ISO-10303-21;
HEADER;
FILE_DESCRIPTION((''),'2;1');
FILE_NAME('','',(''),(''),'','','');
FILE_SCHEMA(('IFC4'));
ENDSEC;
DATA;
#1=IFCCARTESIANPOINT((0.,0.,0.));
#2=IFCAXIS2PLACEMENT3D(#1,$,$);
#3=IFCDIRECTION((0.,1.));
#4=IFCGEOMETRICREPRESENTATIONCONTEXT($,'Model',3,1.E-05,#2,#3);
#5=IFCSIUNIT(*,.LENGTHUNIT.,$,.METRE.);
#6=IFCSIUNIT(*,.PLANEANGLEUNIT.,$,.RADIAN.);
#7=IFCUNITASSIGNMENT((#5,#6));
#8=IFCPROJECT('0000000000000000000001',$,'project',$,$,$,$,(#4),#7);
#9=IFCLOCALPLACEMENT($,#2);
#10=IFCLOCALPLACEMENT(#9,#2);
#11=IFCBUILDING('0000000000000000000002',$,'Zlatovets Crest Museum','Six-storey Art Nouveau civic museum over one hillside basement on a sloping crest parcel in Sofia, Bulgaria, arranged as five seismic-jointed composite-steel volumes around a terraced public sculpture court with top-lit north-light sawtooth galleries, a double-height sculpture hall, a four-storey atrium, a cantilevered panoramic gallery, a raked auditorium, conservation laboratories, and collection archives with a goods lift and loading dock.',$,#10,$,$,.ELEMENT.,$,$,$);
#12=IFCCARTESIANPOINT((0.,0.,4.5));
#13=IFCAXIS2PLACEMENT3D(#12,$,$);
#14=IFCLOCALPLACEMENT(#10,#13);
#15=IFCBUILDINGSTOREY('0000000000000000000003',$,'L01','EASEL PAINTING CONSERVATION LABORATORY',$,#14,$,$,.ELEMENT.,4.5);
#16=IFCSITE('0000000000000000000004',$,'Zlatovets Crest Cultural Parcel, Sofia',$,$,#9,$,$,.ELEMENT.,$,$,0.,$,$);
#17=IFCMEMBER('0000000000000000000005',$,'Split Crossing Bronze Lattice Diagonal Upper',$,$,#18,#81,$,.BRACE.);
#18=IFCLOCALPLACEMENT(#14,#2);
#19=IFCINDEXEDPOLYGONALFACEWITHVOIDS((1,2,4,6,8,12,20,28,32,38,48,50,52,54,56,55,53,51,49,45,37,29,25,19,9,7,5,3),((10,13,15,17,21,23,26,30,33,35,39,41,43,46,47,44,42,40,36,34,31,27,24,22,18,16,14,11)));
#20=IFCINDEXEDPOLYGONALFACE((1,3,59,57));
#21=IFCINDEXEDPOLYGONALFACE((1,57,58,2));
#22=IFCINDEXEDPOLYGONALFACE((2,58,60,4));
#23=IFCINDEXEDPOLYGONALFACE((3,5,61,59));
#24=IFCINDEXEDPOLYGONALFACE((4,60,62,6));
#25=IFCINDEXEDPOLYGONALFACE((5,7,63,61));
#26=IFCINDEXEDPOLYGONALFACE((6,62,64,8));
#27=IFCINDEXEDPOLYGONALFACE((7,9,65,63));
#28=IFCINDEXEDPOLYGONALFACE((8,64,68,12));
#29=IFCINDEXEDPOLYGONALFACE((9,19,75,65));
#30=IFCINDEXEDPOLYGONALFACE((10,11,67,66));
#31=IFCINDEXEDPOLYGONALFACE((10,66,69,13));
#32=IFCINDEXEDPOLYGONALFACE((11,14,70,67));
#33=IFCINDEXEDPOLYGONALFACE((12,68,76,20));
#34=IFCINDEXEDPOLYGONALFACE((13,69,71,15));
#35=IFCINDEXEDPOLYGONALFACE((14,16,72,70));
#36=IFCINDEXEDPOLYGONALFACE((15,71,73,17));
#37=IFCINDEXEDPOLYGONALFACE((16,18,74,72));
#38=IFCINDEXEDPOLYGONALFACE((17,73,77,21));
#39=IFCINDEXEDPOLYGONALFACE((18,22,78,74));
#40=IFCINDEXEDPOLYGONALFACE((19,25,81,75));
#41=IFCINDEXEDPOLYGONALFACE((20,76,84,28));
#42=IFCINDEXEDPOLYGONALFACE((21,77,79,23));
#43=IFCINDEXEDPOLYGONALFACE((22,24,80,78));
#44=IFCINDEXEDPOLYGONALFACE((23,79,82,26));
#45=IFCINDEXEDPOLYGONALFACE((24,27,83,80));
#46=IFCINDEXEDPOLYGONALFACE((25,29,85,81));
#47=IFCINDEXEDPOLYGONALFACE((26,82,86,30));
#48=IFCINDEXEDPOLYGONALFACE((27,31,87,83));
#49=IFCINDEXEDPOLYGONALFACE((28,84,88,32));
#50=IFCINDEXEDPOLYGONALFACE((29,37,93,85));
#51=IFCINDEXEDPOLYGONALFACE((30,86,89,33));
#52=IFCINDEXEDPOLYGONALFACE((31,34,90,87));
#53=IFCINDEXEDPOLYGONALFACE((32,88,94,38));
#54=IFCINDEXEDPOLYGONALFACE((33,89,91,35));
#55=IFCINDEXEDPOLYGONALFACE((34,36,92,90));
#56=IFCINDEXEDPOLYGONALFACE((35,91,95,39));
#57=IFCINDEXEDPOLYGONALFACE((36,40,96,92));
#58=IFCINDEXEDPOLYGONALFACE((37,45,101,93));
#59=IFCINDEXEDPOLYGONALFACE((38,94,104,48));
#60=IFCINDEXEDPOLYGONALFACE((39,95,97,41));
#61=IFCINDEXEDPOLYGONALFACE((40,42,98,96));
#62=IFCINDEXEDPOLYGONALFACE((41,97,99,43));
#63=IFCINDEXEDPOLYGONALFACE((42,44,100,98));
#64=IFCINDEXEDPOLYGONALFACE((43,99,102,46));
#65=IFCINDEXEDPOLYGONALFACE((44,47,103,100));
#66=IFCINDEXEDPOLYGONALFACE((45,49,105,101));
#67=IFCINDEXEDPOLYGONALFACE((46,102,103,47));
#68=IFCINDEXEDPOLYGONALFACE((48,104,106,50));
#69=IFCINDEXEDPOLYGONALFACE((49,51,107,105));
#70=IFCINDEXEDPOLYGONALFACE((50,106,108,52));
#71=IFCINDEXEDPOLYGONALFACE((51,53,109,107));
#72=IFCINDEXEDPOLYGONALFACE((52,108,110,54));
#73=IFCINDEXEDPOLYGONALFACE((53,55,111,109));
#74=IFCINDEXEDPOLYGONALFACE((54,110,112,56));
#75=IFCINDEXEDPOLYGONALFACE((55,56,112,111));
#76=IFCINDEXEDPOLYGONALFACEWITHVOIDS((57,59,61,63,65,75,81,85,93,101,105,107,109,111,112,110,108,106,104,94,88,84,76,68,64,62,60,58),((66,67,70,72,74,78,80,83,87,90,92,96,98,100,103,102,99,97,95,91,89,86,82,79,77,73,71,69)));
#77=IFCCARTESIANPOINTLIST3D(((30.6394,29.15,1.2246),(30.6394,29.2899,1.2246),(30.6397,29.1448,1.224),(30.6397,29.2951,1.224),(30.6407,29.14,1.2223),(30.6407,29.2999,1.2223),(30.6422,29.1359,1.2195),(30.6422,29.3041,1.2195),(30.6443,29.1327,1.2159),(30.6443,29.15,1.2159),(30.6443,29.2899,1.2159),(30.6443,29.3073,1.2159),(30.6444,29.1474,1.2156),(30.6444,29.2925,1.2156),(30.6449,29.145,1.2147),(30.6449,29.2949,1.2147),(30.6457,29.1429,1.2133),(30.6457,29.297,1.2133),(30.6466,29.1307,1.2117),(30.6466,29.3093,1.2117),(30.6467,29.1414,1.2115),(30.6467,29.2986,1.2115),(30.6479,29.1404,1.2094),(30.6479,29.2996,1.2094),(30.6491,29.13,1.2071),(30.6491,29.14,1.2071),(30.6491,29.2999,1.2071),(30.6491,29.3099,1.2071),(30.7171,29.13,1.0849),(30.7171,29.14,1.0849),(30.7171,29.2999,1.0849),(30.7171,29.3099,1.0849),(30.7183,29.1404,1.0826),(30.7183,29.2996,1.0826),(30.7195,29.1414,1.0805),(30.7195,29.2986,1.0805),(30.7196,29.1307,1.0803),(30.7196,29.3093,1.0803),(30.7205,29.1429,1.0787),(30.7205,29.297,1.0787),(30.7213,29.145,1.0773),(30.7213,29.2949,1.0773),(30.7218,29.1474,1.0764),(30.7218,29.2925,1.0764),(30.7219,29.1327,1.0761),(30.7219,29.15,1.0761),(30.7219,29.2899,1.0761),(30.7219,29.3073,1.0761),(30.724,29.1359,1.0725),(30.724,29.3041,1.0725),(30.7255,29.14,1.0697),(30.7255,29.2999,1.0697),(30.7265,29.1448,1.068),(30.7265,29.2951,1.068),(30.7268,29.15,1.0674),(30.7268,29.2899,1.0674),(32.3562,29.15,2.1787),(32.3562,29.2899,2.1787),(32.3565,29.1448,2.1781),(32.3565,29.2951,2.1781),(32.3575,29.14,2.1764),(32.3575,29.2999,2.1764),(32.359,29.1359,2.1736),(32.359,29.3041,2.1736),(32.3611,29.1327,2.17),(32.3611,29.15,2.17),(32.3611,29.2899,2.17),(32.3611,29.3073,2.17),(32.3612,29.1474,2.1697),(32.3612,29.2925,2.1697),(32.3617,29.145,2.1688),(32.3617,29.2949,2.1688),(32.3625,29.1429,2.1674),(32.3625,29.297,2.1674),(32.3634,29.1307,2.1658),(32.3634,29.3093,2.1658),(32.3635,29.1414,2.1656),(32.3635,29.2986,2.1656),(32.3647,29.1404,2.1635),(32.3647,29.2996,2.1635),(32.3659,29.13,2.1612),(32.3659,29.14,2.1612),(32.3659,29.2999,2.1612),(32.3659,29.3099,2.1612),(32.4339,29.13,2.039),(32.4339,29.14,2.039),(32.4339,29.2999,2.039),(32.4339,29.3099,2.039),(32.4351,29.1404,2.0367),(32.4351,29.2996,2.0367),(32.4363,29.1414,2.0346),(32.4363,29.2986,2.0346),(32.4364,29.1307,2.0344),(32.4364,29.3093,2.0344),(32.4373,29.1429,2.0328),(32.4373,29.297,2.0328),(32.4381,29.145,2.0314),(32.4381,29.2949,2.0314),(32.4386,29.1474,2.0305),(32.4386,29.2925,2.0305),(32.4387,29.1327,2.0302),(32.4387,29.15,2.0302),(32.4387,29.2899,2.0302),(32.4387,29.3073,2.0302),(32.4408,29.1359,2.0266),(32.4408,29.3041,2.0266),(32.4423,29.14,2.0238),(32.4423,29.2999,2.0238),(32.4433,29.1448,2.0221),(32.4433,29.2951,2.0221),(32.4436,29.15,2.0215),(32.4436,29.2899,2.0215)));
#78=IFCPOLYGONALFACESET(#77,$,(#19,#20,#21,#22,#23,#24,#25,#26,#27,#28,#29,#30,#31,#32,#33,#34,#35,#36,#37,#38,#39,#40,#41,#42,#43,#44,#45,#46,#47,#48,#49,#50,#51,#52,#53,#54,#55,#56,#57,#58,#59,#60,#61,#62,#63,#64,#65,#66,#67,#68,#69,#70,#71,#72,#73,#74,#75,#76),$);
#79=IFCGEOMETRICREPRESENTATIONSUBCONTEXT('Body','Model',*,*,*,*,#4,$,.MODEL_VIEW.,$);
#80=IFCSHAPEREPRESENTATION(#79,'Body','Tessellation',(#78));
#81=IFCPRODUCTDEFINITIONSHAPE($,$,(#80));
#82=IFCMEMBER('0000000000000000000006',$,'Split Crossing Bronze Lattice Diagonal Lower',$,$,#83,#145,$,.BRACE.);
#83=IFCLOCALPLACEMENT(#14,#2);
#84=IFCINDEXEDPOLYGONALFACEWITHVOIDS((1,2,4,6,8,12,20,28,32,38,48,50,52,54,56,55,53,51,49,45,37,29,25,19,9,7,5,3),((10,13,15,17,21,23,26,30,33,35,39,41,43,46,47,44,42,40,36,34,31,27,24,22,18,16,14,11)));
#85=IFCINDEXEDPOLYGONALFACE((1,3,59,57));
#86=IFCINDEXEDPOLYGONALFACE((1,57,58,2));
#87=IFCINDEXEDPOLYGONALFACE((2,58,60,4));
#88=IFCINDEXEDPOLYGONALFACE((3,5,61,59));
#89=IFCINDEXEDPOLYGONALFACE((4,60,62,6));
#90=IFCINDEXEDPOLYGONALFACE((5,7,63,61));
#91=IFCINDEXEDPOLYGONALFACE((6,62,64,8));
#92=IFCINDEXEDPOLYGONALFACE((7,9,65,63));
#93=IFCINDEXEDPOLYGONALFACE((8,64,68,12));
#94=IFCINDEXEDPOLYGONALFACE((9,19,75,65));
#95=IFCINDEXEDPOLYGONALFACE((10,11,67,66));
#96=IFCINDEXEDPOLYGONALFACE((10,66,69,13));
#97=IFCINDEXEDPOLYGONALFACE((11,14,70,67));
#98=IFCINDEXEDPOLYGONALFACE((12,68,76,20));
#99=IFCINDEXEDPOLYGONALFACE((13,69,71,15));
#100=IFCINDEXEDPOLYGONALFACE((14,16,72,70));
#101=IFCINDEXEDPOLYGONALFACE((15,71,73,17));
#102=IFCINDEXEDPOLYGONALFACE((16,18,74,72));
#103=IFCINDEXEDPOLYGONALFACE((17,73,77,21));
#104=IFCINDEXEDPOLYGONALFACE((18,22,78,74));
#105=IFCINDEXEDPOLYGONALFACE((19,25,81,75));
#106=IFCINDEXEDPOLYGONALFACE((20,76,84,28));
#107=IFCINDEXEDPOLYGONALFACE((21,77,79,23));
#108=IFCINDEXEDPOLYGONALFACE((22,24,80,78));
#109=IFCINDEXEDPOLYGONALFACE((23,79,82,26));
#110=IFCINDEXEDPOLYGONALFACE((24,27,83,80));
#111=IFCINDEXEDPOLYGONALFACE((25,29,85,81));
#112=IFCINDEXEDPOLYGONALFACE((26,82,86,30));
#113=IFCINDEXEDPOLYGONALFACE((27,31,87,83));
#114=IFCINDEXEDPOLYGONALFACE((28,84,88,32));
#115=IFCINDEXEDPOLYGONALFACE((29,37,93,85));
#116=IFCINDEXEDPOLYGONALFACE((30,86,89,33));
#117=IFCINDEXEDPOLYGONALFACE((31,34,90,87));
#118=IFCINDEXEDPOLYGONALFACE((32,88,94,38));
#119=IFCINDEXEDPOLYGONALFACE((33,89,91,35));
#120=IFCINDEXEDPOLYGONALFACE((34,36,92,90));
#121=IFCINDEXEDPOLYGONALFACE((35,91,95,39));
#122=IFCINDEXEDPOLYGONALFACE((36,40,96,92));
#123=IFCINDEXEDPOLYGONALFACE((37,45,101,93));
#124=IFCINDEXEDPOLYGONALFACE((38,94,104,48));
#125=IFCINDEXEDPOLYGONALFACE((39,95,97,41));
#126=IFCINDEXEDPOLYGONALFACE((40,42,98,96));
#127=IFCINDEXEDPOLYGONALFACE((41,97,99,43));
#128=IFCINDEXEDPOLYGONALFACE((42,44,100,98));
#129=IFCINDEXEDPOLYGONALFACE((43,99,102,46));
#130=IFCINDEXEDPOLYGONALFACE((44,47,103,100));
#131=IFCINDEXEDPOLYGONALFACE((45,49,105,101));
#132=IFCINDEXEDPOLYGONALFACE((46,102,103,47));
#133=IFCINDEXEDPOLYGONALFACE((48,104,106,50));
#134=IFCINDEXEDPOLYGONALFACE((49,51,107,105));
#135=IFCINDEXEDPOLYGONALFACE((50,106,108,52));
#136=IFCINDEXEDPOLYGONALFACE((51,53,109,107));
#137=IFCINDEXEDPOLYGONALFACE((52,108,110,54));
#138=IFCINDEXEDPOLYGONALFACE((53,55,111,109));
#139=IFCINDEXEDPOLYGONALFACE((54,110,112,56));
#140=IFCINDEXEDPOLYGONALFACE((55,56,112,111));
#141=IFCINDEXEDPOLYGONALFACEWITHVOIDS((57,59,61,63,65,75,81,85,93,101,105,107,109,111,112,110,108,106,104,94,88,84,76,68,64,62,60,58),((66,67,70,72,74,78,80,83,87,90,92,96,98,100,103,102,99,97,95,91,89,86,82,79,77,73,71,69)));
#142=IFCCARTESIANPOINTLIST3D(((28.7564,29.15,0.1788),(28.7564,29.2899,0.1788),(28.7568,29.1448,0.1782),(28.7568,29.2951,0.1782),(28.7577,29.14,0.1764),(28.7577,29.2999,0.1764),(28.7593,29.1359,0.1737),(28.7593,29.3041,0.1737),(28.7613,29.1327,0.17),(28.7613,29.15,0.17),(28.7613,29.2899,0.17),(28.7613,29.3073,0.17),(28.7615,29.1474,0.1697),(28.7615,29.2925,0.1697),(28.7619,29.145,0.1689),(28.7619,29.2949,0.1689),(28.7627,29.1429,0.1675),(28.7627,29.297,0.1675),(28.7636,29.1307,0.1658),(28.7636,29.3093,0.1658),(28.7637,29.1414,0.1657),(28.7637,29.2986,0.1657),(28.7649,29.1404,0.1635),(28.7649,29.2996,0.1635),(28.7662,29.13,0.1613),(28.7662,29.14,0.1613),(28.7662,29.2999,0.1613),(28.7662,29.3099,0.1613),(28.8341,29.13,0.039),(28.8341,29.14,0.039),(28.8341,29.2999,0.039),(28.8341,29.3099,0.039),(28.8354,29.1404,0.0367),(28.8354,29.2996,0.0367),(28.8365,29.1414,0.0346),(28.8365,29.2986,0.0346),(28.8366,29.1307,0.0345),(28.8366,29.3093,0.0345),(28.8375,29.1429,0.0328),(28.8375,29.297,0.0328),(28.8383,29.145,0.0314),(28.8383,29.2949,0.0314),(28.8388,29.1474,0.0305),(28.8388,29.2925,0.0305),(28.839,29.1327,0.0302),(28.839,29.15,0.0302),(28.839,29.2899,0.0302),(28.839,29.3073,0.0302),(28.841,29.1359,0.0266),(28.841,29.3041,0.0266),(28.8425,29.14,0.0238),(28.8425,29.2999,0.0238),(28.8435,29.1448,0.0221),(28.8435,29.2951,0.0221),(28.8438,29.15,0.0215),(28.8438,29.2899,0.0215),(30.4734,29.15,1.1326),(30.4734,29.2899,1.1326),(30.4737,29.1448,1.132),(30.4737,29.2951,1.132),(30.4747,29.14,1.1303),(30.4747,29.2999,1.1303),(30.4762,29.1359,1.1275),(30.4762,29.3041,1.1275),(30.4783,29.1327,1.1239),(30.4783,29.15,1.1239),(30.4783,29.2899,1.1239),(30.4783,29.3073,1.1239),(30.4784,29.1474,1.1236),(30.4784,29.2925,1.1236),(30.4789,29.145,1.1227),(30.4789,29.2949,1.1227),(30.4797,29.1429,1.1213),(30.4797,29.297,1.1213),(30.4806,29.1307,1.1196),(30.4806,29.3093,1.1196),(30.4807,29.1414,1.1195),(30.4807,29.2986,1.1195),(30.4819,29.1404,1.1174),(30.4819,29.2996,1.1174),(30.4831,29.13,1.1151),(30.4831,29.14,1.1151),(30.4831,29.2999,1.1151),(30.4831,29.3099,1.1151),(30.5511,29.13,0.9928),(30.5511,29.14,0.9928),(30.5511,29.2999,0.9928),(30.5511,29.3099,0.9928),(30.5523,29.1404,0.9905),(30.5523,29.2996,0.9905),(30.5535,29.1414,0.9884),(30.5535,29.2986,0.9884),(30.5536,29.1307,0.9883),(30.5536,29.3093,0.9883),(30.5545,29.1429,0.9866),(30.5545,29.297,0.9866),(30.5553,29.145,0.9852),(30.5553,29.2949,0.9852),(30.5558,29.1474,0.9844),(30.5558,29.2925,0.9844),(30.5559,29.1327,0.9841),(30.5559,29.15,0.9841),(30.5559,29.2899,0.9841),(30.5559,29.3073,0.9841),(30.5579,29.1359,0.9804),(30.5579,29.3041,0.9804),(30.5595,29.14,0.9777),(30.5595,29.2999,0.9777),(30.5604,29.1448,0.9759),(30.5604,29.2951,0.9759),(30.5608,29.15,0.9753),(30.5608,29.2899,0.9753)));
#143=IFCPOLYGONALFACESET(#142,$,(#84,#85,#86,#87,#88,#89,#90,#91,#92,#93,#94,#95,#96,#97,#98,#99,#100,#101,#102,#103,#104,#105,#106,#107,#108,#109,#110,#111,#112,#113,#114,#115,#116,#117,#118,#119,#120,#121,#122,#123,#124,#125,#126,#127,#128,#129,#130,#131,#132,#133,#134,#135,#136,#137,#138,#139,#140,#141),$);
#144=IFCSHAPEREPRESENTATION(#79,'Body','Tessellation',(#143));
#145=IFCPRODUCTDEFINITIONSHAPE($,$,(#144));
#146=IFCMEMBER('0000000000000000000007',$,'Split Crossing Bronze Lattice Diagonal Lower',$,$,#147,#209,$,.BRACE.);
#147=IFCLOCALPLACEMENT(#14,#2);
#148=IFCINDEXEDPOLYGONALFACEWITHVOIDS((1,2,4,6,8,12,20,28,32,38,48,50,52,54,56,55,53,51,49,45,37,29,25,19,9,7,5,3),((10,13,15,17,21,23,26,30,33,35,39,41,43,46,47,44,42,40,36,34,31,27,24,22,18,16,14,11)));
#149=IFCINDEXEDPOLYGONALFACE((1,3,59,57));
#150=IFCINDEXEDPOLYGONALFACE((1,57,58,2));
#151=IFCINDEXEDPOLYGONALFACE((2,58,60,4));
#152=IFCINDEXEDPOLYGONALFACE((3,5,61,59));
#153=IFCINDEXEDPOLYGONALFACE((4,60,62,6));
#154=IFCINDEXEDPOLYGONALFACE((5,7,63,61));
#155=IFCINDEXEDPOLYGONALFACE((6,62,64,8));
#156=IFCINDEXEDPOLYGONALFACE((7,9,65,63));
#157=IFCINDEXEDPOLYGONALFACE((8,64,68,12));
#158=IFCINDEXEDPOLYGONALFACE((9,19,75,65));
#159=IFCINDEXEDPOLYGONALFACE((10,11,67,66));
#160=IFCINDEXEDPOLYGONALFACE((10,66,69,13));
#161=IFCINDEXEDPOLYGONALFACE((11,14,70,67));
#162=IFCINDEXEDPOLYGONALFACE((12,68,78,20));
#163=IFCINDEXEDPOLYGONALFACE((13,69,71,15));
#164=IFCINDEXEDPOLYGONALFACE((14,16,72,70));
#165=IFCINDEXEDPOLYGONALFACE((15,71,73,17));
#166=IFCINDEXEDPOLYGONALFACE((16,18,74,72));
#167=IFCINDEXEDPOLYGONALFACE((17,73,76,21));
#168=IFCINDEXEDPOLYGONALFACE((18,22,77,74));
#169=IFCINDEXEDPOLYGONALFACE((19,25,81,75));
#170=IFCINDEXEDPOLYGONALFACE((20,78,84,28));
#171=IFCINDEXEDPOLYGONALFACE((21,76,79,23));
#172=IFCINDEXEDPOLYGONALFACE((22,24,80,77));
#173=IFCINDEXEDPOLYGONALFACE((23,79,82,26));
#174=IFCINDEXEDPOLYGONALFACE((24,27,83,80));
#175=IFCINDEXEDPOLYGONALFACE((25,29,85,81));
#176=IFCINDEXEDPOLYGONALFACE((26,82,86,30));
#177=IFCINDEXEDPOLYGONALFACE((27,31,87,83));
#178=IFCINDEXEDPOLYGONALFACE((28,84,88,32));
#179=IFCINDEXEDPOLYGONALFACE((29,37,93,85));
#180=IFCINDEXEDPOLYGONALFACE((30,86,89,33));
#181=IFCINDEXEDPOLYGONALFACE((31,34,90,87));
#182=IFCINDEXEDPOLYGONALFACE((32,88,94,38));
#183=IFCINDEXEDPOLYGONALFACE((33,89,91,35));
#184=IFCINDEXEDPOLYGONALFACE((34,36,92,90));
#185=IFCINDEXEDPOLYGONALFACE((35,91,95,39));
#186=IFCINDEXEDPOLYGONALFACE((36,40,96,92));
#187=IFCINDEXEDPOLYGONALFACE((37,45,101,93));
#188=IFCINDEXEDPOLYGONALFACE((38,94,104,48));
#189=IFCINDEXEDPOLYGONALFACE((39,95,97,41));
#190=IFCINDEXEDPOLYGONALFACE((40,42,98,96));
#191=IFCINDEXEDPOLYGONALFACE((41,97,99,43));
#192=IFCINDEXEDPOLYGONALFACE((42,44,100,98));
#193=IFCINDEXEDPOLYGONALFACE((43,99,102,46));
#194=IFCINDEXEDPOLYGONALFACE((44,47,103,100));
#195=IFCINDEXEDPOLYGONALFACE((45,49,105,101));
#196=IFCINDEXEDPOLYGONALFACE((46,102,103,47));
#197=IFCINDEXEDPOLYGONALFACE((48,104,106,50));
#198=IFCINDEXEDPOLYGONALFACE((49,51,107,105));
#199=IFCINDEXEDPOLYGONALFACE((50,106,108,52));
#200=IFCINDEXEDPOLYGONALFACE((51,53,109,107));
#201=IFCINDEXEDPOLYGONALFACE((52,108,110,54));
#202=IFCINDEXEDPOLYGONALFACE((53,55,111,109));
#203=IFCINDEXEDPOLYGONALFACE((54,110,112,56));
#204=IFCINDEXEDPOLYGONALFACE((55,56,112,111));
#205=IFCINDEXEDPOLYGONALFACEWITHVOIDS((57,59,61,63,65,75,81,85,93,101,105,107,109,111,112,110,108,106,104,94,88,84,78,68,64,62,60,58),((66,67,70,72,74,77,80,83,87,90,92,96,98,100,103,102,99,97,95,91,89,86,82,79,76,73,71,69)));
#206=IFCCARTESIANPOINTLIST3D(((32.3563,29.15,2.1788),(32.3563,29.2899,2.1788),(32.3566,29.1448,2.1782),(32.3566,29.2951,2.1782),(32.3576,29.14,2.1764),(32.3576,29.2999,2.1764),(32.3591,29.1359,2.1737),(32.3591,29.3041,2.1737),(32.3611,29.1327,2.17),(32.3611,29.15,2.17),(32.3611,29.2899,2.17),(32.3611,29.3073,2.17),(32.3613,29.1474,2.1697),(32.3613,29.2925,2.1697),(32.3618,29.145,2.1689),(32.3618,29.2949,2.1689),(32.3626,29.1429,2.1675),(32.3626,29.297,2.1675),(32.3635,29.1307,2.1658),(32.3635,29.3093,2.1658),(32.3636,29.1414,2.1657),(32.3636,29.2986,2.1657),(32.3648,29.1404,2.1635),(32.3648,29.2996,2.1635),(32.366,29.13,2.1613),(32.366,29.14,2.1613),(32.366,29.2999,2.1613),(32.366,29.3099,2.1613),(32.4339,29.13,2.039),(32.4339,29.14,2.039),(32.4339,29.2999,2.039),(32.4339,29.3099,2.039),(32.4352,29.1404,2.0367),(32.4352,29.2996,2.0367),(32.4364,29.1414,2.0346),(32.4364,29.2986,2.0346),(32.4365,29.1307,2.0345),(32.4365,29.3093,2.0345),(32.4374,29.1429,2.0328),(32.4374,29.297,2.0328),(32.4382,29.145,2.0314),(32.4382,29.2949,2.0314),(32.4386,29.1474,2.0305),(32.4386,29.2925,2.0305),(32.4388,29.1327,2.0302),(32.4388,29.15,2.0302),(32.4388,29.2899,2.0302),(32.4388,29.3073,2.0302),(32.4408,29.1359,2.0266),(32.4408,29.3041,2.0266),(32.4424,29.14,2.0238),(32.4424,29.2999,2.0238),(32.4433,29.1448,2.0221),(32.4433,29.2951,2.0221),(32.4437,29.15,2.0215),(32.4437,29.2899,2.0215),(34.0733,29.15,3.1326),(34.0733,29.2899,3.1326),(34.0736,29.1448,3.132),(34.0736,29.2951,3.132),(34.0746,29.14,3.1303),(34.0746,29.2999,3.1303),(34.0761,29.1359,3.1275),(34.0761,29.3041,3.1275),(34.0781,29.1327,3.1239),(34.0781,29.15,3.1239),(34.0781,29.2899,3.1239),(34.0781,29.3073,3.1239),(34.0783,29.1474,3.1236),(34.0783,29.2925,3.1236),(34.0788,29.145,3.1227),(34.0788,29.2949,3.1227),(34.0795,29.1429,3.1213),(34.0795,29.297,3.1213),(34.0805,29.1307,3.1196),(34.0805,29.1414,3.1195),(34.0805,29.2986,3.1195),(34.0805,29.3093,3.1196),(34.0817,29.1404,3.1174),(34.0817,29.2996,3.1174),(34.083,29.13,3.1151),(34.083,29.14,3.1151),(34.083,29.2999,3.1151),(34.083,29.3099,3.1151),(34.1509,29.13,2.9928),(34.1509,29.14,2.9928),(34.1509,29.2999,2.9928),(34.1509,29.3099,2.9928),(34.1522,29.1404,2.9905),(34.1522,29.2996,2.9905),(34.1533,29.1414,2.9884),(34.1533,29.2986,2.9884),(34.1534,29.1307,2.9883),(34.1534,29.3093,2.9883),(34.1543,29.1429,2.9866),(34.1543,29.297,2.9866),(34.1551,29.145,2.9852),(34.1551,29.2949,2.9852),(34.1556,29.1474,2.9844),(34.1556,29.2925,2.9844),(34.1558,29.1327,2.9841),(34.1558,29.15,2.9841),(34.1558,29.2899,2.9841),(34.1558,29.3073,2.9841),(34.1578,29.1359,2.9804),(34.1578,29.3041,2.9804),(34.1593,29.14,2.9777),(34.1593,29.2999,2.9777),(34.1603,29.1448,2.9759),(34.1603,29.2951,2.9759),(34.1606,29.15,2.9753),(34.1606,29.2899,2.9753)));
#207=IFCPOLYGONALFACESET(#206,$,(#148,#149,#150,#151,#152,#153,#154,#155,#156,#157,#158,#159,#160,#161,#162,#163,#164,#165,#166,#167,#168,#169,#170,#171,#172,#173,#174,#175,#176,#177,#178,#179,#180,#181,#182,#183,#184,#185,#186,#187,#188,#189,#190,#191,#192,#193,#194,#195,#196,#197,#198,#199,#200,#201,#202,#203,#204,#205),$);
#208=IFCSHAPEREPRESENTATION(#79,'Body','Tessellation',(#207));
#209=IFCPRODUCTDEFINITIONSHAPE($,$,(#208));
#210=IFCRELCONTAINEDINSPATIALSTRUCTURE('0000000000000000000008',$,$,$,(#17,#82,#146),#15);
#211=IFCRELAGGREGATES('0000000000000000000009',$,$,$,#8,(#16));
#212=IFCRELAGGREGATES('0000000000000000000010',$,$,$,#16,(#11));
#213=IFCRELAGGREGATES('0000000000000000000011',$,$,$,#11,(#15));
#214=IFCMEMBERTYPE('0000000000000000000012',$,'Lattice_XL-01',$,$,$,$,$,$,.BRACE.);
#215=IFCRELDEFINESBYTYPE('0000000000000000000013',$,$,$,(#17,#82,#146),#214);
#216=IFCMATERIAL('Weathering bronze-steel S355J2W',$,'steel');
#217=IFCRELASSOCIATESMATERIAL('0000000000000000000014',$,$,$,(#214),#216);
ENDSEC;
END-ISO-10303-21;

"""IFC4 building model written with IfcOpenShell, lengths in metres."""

from ifc_helpers import new_model, si_unit, direction, frame, origin, origin_2d, place, context, subcontext, project, spatial, hollow_rectangle, extrude, material, material_profile, profile_set, type_object, element, save


model = new_model("IFC4")

# Units and contexts
model_context = context("Model", 3, precision=1e-05, world=origin(), true_north=direction((0.0, 1.0)))
body_context = subcontext(model_context, "Body", "Model", "MODEL_VIEW")
ifc_project = project(units=[si_unit("LENGTHUNIT", "METRE"), si_unit("PLANEANGLEUNIT", "RADIAN")], contexts=[model_context])

# Site, building, storey
site_placement = place(None, origin())
site = spatial("IfcSite", under=ifc_project, at=site_placement, Name="Zlatovets Crest Cultural Parcel, Sofia", CompositionType="ELEMENT", RefElevation=0.0)
building_placement = place(site_placement, origin())
building = spatial("IfcBuilding", under=site, at=building_placement, Name="Zlatovets Crest Museum", Description="Six-storey Art Nouveau civic museum over one hillside basement on a sloping crest parcel in Sofia, Bulgaria, arranged as five seismic-jointed composite-steel volumes around a terraced public sculpture court with top-lit north-light sawtooth galleries, a double-height sculpture hall, a four-storey atrium, a cantilevered panoramic gallery, a raked auditorium, conservation laboratories, and collection archives with a goods lift and loading dock.", CompositionType="ELEMENT")
storey_placement = place(building_placement, frame((0.0, 0.0, 4.5)))
storey = spatial("IfcBuildingStorey", under=building, at=storey_placement, Name="L01", Description="EASEL PAINTING CONSERVATION LABORATORY", CompositionType="ELEMENT", Elevation=4.5)

# Members
ifc_material_1 = material(Name="Weathering bronze-steel S355J2W", Category="steel")
ifc_material_profile_1 = material_profile(ifc_material_1, hollow_rectangle(XDim=0.1799, YDim=0.1799, WallThickness=0.01, InnerFilletRadius=0.01, OuterFilletRadius=0.02, at=origin_2d()), Name="SHS 180x180x10.0")
ifc_profile_set_1 = profile_set([ifc_material_profile_1], Name="Weathering bronze-steel S355J2W")
member_type_1 = type_object("IfcMemberType", Name="Lattice_XL-01", PredefinedType="BRACE", material=ifc_profile_set_1)
for number, where, z_axis, x_axis, name in (
    (1, (32.3999, 29.22, 2.1001), (-0.874087, 0.0, -0.48577), (0.0, -1.0, 0.0), "Split Crossing Bronze Lattice Diagonal Upper"),
    (2, (30.5171, 29.22, 1.054), (-0.874169, 0.0, -0.485622), (0.0, -1.0, 0.0), "Split Crossing Bronze Lattice Diagonal Lower"),
    (3, (34.1169, 29.22, 3.054), (-0.874169, 0.0, -0.485622), (0.0, -1.0, 0.0), "Split Crossing Bronze Lattice Diagonal Lower"),
):
    element("IfcMember", number, at=place(storey_placement, frame(where, z_axis=z_axis, x_axis=x_axis)), inside=storey, type_object=member_type_1, Name=name, PredefinedType="BRACE", context=body_context, shape_type="SweptSolid", body=[
        extrude(hollow_rectangle(XDim=0.1799, YDim=0.1799, WallThickness=0.01, InnerFilletRadius=0.01, OuterFilletRadius=0.02, at=origin_2d()), origin(), (0.0, 0.0, 1.0), 1.9641),
    ])

save(model, "model.ifc")
